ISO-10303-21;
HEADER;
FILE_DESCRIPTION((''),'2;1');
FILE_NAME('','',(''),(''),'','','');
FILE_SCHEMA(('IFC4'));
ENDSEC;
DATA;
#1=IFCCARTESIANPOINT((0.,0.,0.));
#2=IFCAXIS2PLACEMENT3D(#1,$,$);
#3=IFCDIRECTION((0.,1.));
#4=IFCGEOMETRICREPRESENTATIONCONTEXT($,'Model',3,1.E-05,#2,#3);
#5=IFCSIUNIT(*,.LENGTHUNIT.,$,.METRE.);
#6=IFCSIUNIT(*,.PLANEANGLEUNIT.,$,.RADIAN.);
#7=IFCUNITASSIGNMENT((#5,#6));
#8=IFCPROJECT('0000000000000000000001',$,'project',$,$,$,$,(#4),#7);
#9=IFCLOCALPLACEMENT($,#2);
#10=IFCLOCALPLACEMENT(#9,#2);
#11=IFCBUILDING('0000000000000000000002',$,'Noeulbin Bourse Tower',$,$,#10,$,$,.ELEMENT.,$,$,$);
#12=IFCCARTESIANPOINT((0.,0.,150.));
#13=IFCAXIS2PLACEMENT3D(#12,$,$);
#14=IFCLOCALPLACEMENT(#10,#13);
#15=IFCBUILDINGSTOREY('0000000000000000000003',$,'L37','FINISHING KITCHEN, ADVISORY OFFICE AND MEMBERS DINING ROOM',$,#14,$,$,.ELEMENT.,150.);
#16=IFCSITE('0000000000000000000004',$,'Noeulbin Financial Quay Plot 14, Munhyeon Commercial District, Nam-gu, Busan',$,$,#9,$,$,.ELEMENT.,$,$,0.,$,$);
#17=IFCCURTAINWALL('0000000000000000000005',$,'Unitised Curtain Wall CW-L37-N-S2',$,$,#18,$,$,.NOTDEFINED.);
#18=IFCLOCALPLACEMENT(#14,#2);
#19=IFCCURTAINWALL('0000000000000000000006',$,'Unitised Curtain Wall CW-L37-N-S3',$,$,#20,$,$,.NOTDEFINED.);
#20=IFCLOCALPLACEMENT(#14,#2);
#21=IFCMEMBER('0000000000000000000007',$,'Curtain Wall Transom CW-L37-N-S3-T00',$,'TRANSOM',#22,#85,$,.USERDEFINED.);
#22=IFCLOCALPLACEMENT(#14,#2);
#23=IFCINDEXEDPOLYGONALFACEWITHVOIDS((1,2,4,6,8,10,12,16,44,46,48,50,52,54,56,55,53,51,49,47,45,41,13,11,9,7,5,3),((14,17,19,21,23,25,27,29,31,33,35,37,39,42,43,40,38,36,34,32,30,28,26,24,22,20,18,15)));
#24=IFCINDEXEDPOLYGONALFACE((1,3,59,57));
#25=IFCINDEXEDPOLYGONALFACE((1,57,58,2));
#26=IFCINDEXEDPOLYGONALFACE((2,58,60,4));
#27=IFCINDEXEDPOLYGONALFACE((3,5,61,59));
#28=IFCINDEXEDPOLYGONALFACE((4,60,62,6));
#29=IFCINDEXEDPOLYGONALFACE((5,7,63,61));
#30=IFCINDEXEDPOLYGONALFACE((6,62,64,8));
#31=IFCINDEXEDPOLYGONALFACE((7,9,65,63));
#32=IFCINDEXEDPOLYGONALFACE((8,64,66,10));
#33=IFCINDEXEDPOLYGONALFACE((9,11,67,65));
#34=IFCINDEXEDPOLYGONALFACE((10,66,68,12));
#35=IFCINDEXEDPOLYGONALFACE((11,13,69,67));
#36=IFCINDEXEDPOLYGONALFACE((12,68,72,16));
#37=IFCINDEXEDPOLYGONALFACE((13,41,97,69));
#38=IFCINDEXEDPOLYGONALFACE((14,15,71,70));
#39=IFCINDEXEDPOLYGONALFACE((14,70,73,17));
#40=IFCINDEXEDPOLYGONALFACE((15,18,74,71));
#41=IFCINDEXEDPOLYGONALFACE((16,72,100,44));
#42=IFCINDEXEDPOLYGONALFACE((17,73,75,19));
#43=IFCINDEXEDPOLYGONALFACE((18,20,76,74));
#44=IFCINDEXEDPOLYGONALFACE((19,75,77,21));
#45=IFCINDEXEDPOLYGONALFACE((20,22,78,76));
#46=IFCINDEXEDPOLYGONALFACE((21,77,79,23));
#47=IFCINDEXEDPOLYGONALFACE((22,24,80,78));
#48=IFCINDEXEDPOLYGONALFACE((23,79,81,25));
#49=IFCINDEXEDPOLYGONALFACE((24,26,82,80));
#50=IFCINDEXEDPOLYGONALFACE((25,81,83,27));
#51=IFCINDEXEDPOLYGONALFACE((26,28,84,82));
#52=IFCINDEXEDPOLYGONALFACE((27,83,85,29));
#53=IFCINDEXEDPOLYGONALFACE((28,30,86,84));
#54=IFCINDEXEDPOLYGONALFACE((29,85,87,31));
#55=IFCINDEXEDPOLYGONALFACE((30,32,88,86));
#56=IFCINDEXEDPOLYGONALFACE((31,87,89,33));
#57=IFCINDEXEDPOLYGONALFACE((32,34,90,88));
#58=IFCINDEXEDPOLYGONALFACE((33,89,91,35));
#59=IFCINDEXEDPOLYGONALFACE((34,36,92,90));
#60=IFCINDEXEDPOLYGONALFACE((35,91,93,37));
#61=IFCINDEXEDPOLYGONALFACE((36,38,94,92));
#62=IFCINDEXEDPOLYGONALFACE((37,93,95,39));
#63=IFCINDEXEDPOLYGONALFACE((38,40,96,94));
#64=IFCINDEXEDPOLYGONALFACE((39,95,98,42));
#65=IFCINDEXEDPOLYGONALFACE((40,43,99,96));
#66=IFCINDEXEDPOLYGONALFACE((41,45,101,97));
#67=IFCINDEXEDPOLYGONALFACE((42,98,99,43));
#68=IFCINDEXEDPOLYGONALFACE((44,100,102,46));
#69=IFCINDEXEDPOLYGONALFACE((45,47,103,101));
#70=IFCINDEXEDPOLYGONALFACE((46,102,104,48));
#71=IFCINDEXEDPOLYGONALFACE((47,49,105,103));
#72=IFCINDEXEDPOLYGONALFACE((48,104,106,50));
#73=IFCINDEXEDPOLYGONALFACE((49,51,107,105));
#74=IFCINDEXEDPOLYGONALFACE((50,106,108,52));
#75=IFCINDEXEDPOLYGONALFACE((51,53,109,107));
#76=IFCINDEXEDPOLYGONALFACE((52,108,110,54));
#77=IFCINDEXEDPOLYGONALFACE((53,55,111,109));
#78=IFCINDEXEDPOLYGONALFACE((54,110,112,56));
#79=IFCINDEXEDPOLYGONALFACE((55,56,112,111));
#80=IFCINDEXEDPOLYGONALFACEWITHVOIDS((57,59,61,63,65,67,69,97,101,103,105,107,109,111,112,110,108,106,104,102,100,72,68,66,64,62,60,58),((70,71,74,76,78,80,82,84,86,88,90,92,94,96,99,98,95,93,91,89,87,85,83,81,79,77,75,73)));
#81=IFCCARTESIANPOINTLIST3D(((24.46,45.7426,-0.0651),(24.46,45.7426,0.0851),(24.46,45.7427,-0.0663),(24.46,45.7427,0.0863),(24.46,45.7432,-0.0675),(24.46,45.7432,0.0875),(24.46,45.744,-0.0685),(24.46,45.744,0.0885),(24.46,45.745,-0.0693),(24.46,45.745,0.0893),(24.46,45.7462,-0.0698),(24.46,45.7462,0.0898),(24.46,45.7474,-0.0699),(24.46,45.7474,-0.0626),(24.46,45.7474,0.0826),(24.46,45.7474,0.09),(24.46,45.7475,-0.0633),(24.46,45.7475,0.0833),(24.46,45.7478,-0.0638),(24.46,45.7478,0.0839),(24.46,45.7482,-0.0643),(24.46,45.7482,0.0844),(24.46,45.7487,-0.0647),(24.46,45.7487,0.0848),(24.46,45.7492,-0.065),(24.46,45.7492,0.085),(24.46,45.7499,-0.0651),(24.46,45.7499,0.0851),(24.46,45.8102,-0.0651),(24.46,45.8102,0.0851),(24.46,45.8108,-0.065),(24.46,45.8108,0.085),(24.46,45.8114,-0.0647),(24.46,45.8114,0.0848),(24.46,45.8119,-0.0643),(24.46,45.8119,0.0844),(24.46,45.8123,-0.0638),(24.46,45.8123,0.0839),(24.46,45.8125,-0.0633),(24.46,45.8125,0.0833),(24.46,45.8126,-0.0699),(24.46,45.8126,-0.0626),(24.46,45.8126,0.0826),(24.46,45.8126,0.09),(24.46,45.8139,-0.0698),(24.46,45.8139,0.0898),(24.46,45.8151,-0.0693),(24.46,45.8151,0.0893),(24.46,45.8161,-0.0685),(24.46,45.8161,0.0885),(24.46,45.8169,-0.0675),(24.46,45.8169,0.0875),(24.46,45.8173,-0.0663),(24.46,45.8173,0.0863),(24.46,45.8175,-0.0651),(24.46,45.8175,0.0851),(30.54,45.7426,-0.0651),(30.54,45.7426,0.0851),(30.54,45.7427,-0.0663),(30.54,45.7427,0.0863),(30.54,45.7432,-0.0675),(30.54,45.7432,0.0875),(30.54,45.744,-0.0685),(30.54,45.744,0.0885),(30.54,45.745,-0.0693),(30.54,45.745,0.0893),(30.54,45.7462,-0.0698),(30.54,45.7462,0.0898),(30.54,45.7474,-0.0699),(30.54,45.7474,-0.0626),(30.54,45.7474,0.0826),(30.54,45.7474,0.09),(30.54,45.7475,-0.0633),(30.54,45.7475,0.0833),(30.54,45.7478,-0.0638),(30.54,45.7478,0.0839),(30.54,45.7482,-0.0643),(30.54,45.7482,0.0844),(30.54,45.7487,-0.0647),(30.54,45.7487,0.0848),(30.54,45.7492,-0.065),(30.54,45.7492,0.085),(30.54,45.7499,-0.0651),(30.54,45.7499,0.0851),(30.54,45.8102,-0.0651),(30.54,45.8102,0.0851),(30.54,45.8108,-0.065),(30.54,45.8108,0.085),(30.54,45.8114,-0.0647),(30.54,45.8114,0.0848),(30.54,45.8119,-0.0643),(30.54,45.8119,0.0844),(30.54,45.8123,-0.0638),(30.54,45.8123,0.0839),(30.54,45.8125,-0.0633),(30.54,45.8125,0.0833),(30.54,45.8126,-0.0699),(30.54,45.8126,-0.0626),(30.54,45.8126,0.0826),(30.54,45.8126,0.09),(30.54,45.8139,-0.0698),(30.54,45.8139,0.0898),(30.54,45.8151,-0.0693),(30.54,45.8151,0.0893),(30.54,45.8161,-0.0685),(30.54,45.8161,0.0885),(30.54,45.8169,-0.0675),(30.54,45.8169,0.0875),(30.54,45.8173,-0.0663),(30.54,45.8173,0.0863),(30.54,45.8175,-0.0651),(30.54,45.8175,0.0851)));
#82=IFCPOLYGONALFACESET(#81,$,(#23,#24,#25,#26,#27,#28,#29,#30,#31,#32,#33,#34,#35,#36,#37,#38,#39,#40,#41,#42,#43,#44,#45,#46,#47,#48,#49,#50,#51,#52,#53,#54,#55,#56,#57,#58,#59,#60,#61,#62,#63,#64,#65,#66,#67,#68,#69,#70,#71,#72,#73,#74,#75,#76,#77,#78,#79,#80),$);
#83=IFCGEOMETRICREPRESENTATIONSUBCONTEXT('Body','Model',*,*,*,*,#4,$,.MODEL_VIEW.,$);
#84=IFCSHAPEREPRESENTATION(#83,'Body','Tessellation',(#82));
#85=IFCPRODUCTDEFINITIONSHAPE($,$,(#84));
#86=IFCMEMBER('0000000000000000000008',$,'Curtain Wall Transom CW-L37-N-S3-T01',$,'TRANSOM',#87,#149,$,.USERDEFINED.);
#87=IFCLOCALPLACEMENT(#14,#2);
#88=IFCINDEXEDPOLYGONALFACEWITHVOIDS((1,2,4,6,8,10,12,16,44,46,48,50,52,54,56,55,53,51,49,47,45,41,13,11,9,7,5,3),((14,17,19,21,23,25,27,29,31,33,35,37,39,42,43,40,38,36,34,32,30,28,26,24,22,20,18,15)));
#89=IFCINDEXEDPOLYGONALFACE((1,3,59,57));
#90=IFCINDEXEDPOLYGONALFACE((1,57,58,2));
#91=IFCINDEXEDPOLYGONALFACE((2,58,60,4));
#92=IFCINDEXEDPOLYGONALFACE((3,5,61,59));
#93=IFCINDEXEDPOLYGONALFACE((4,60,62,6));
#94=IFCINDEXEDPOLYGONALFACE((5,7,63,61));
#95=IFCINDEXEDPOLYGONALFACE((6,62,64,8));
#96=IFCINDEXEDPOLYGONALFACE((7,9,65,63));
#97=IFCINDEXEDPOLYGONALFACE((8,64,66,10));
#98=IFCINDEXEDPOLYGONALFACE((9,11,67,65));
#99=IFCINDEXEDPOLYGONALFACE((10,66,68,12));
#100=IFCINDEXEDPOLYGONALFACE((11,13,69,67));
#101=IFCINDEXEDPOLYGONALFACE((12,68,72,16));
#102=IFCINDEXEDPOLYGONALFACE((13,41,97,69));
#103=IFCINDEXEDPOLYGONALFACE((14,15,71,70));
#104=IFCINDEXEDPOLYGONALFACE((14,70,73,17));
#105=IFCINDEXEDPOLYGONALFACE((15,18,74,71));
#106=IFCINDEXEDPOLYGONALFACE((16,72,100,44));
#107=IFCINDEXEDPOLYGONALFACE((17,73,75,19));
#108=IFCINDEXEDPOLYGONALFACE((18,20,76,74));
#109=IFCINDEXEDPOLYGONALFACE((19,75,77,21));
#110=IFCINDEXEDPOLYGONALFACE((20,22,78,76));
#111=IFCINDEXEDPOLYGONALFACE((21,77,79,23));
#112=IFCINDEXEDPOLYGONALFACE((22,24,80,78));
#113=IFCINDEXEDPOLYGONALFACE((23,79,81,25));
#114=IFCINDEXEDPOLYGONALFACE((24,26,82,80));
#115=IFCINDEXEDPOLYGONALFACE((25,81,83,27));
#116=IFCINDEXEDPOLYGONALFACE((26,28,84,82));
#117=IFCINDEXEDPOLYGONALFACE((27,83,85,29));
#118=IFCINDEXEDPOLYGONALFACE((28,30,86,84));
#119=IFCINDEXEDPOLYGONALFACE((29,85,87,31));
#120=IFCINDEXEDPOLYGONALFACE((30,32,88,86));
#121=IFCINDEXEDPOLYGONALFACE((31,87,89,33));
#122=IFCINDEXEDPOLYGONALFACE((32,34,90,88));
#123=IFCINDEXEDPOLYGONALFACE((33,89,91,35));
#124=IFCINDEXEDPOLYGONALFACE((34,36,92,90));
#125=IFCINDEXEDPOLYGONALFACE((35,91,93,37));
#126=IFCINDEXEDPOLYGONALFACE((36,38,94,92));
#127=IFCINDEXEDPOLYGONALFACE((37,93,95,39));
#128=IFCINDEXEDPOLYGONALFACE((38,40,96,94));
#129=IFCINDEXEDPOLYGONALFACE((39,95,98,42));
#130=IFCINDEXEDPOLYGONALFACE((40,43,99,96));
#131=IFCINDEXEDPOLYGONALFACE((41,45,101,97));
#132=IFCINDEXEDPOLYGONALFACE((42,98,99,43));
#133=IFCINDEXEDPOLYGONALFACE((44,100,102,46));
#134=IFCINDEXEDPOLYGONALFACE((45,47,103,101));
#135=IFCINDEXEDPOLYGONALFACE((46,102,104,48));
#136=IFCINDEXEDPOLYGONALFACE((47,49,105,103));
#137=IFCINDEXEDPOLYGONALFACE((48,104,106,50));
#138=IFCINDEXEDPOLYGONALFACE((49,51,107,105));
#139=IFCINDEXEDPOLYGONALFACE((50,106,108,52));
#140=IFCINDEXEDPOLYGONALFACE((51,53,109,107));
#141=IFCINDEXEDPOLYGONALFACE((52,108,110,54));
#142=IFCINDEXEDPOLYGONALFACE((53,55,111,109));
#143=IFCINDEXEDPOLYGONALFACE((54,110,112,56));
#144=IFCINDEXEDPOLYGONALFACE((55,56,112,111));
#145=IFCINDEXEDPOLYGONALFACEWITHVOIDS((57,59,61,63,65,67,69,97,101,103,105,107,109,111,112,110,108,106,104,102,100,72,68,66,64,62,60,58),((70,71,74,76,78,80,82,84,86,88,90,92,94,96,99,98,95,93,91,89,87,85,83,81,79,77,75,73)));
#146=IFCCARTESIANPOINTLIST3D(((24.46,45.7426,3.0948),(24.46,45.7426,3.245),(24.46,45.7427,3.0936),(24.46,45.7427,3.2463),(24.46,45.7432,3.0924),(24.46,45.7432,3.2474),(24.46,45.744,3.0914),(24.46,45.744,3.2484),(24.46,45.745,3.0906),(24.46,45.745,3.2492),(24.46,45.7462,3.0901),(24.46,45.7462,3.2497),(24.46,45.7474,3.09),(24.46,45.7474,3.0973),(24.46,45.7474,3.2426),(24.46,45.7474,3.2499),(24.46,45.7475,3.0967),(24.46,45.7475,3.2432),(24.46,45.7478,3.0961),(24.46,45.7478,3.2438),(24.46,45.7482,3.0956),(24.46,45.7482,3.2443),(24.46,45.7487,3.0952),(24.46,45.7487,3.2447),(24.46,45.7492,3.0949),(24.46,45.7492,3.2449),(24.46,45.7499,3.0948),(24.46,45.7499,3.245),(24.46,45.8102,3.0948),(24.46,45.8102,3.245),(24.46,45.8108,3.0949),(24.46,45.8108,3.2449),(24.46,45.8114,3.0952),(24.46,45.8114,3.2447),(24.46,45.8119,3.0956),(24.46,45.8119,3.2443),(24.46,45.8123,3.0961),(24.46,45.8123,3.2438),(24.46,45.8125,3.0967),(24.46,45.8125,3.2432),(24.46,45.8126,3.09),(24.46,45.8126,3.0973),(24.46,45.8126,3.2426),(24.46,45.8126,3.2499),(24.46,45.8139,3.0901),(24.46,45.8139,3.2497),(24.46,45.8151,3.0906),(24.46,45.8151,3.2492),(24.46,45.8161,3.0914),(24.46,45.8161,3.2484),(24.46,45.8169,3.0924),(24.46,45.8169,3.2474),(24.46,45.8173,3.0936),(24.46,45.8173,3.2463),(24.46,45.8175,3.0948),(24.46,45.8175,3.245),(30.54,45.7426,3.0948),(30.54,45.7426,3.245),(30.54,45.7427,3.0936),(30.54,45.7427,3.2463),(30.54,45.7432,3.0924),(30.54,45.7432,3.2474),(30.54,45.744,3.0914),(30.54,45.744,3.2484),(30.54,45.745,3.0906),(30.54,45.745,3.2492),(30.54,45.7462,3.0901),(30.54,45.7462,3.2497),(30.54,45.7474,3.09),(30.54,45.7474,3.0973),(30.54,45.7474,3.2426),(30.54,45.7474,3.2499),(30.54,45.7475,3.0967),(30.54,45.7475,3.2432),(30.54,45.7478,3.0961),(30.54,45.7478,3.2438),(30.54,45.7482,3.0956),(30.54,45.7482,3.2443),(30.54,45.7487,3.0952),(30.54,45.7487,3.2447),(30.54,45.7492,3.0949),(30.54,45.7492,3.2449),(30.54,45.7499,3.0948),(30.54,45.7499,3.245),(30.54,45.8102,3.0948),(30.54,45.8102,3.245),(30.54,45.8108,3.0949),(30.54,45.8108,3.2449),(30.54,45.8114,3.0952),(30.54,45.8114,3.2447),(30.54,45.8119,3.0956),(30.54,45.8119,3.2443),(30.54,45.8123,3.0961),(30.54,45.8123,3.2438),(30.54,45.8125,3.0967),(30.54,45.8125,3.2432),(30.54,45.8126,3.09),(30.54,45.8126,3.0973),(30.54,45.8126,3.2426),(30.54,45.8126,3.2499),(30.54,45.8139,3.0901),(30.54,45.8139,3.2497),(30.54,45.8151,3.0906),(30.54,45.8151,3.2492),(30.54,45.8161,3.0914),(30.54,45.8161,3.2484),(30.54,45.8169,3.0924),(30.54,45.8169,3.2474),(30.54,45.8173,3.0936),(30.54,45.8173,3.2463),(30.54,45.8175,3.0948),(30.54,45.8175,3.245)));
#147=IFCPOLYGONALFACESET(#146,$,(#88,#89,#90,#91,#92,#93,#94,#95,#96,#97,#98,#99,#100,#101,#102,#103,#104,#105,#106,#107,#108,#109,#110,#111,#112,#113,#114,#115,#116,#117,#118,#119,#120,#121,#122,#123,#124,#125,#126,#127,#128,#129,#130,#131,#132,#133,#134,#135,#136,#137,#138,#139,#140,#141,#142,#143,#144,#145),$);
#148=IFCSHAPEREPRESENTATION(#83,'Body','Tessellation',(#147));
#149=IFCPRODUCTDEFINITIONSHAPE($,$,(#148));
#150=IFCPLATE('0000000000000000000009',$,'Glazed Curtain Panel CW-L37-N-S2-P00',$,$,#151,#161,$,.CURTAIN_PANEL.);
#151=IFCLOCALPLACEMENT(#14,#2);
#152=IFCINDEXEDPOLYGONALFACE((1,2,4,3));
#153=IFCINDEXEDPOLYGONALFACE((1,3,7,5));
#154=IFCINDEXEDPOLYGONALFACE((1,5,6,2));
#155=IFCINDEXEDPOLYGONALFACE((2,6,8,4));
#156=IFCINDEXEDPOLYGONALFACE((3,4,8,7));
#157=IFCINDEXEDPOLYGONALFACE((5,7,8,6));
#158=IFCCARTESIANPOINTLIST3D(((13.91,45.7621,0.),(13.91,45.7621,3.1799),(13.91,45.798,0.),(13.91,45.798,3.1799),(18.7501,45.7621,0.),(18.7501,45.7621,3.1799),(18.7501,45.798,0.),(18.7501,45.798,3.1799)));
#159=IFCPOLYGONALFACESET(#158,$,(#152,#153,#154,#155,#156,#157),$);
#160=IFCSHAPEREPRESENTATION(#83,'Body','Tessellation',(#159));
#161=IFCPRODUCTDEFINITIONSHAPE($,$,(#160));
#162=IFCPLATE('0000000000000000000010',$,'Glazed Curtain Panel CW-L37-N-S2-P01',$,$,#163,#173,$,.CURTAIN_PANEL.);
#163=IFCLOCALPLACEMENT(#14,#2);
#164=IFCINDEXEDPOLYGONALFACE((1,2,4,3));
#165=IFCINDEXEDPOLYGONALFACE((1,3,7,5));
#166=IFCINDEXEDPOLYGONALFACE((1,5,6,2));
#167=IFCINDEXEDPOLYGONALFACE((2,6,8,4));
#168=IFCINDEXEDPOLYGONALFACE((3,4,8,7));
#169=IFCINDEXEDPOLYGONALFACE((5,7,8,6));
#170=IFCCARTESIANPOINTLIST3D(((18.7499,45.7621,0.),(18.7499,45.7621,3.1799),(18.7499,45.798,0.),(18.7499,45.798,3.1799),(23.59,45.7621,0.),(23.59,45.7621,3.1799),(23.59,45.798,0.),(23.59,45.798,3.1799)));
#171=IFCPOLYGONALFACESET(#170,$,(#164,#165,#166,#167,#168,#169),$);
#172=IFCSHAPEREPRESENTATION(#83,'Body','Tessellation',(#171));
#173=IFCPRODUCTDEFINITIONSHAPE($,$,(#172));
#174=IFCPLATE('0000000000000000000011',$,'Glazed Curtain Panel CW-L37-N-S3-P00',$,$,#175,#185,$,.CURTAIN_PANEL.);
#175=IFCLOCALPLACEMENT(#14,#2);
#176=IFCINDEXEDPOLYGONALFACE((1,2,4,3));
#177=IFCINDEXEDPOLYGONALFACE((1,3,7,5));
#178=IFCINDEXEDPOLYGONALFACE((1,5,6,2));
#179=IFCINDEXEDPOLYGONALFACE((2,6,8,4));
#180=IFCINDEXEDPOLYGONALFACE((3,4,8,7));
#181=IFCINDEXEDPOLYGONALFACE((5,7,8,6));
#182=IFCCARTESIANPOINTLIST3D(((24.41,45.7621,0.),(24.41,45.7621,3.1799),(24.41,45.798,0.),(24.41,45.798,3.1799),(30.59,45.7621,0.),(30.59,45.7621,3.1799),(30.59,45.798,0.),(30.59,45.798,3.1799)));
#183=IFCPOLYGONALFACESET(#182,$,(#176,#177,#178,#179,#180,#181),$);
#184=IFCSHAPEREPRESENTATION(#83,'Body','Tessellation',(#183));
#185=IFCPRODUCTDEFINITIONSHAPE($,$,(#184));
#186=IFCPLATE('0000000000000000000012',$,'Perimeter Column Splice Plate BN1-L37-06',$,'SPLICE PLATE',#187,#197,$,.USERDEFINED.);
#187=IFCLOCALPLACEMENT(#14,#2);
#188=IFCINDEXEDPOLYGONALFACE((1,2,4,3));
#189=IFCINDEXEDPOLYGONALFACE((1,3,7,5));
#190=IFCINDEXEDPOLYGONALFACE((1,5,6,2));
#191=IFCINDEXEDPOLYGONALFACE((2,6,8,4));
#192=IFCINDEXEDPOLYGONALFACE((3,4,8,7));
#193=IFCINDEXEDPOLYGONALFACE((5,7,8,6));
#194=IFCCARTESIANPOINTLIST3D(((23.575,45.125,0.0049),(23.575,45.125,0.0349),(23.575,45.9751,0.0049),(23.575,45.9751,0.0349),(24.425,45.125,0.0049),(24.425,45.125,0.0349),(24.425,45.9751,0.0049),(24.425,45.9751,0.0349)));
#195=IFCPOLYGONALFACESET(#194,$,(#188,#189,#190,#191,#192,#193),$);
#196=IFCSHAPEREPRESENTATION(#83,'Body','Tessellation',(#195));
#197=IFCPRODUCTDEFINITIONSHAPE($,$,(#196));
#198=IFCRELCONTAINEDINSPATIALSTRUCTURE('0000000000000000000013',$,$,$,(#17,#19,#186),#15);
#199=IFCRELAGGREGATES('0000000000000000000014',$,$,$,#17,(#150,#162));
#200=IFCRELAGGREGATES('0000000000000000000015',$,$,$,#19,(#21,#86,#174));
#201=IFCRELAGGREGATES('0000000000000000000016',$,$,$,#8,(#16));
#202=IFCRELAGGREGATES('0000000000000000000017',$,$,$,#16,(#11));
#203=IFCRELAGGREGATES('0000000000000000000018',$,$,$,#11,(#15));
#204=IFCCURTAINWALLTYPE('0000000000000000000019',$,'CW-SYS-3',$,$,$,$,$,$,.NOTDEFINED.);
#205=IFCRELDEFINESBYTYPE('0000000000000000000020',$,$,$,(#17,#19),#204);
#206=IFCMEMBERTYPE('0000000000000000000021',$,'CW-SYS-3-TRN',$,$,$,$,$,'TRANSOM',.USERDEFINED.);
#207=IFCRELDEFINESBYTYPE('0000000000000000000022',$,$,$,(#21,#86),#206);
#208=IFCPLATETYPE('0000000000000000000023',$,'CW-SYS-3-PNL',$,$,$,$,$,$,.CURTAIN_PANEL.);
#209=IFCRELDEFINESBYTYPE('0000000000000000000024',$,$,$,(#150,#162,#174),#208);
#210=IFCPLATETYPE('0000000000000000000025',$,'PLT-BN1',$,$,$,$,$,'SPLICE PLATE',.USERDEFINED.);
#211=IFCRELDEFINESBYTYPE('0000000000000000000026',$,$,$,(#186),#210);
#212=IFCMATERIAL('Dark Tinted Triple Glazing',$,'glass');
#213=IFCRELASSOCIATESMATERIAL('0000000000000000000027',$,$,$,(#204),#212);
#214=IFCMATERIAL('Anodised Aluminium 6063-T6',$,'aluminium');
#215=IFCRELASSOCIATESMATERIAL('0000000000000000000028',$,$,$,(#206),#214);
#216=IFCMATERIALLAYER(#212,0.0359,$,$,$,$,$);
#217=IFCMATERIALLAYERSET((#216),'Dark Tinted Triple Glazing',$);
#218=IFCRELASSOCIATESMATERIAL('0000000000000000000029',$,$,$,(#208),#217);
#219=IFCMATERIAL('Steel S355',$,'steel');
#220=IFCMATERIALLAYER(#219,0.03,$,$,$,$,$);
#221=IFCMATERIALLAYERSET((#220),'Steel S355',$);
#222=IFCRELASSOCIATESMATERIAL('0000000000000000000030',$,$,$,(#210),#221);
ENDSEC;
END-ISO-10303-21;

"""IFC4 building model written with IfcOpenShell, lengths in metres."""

from ifc_helpers import new_model, si_unit, direction, frame, origin, origin_2d, place, context, subcontext, project, spatial, rectangle, hollow_rectangle, extrude, material, layer, layer_set, material_profile, profile_set, type_object, element, aggregate, save


model = new_model("IFC4")

# Units and contexts
model_context = context("Model", 3, precision=1e-05, world=origin(), true_north=direction((0.0, 1.0)))
body_context = subcontext(model_context, "Body", "Model", "MODEL_VIEW")
ifc_project = project(units=[si_unit("LENGTHUNIT", "METRE"), si_unit("PLANEANGLEUNIT", "RADIAN")], contexts=[model_context])

# Site, building, storey
site_placement = place(None, origin())
site = spatial("IfcSite", under=ifc_project, at=site_placement, Name="Noeulbin Financial Quay Plot 14, Munhyeon Commercial District, Nam-gu, Busan", CompositionType="ELEMENT", RefElevation=0.0)
building_placement = place(site_placement, origin())
building = spatial("IfcBuilding", under=site, at=building_placement, Name="Noeulbin Bourse Tower", CompositionType="ELEMENT")
storey_placement = place(building_placement, frame((0.0, 0.0, 150.0)))
storey = spatial("IfcBuildingStorey", under=building, at=storey_placement, Name="L37", Description="FINISHING KITCHEN, ADVISORY OFFICE AND MEMBERS DINING ROOM", CompositionType="ELEMENT", Elevation=150.0)

# Shared definitions
ifc_material_1 = material(Name="Steel S355", Category="steel")

# Curtain walls, members
ifc_material_2 = material(Name="Dark Tinted Triple Glazing", Category="glass")
curtain_wall_type = type_object("IfcCurtainWallType", Name="CW-SYS-3", PredefinedType="NOTDEFINED", material=ifc_material_2)
curtain_wall_1_placement = place(storey_placement, origin())
curtain_wall_1 = element("IfcCurtainWall", 1, at=curtain_wall_1_placement, inside=storey, type_object=curtain_wall_type, Name="Unitised Curtain Wall CW-L37-N-S2", PredefinedType="NOTDEFINED")
ifc_material_3 = material(Name="Anodised Aluminium 6063-T6", Category="aluminium")
curtain_wall_2_placement = place(storey_placement, origin())
curtain_wall_2 = element("IfcCurtainWall", 2, at=curtain_wall_2_placement, inside=storey, type_object=curtain_wall_type, Name="Unitised Curtain Wall CW-L37-N-S3", PredefinedType="NOTDEFINED")
ifc_material_profile_1 = material_profile(ifc_material_3, hollow_rectangle(XDim=0.075, YDim=0.1599, WallThickness=0.0049, InnerFilletRadius=0.0024, OuterFilletRadius=0.0049, at=origin_2d()), Name="ALU-TRAN-75x160x5", Category="LoadBearing")
ifc_profile_set_1 = profile_set([ifc_material_profile_1], Name="Anodised Aluminium 6063-T6")
member_type_1 = type_object("IfcMemberType", Name="CW-SYS-3-TRN", ElementType="TRANSOM", PredefinedType="USERDEFINED", material=ifc_profile_set_1)
member_1_placement = place(storey_placement, frame((24.46, 45.78, 0.01), z_axis=(1.0, 0.0, 0.0), x_axis=(0.0, 1.0, 0.0)))
member_1 = element("IfcMember", 3, at=member_1_placement, type_object=member_type_1, Name="Curtain Wall Transom CW-L37-N-S3-T00", ObjectType="TRANSOM", PredefinedType="USERDEFINED", context=body_context, shape_type="SweptSolid", body=[
    extrude(hollow_rectangle(XDim=0.075, YDim=0.1599, WallThickness=0.0049, InnerFilletRadius=0.0024, OuterFilletRadius=0.0049, at=origin_2d()), origin(), (0.0, 0.0, 1.0), 6.0801),
])
member_2_placement = place(storey_placement, frame((24.46, 45.78, 3.1699), z_axis=(1.0, 0.0, 0.0), x_axis=(0.0, 1.0, 0.0)))
member_2 = element("IfcMember", 4, at=member_2_placement, type_object=member_type_1, Name="Curtain Wall Transom CW-L37-N-S3-T01", ObjectType="TRANSOM", PredefinedType="USERDEFINED", context=body_context, shape_type="SweptSolid", body=[
    extrude(hollow_rectangle(XDim=0.075, YDim=0.1599, WallThickness=0.0049, InnerFilletRadius=0.0024, OuterFilletRadius=0.0049, at=origin_2d()), origin(), (0.0, 0.0, 1.0), 6.0801),
])

# Plates
ifc_layer_1 = layer(ifc_material_2, 0.0359)
ifc_layer_set_1 = layer_set([ifc_layer_1], Name="Dark Tinted Triple Glazing")
plate_type_1 = type_object("IfcPlateType", Name="CW-SYS-3-PNL", PredefinedType="CURTAIN_PANEL", material=ifc_layer_set_1)
plate_1_placement = place(storey_placement, frame((16.3301, 45.78, 0.0), z_axis=(0.0, 0.0, 1.0), x_axis=(1.0, 0.0, 0.0)))
plate_1 = element("IfcPlate", 5, at=plate_1_placement, type_object=plate_type_1, Name="Glazed Curtain Panel CW-L37-N-S2-P00", PredefinedType="CURTAIN_PANEL", context=body_context, shape_type="SweptSolid", body=[
    extrude(rectangle(XDim=4.8401, YDim=0.0359, at=origin_2d()), origin(), (0.0, 0.0, 1.0), 3.1799),
])
plate_2_placement = place(storey_placement, frame((21.1699, 45.78, 0.0), z_axis=(0.0, 0.0, 1.0), x_axis=(1.0, 0.0, 0.0)))
plate_2 = element("IfcPlate", 6, at=plate_2_placement, type_object=plate_type_1, Name="Glazed Curtain Panel CW-L37-N-S2-P01", PredefinedType="CURTAIN_PANEL", context=body_context, shape_type="SweptSolid", body=[
    extrude(rectangle(XDim=4.8401, YDim=0.0359, at=origin_2d()), origin(), (0.0, 0.0, 1.0), 3.1799),
])
aggregate(curtain_wall_1, [plate_1, plate_2])
plate_3_placement = place(storey_placement, frame((27.5, 45.78, 0.0), z_axis=(0.0, 0.0, 1.0), x_axis=(1.0, 0.0, 0.0)))
plate_3 = element("IfcPlate", 7, at=plate_3_placement, type_object=plate_type_1, Name="Glazed Curtain Panel CW-L37-N-S3-P00", PredefinedType="CURTAIN_PANEL", context=body_context, shape_type="SweptSolid", body=[
    extrude(rectangle(XDim=6.1799, YDim=0.0359, at=origin_2d()), origin(), (0.0, 0.0, 1.0), 3.1799),
])
aggregate(curtain_wall_2, [member_1, member_2, plate_3])
ifc_layer_2 = layer(ifc_material_1, 0.03)
ifc_layer_set_2 = layer_set([ifc_layer_2], Name="Steel S355")
plate_type_2 = type_object("IfcPlateType", Name="PLT-BN1", ElementType="SPLICE PLATE", PredefinedType="USERDEFINED", material=ifc_layer_set_2)
plate_4_placement = place(storey_placement, frame((24.0, 45.55, 0.0049), z_axis=(0.0, 0.0, 1.0), x_axis=(1.0, 0.0, 0.0)))
element("IfcPlate", 8, at=plate_4_placement, inside=storey, type_object=plate_type_2, Name="Perimeter Column Splice Plate BN1-L37-06", ObjectType="SPLICE PLATE", PredefinedType="USERDEFINED", context=body_context, shape_type="SweptSolid", body=[
    extrude(rectangle(XDim=0.8501, YDim=0.8501, at=origin_2d()), origin(), (0.0, 0.0, 1.0), 0.03),
])

save(model, "model.ifc")
